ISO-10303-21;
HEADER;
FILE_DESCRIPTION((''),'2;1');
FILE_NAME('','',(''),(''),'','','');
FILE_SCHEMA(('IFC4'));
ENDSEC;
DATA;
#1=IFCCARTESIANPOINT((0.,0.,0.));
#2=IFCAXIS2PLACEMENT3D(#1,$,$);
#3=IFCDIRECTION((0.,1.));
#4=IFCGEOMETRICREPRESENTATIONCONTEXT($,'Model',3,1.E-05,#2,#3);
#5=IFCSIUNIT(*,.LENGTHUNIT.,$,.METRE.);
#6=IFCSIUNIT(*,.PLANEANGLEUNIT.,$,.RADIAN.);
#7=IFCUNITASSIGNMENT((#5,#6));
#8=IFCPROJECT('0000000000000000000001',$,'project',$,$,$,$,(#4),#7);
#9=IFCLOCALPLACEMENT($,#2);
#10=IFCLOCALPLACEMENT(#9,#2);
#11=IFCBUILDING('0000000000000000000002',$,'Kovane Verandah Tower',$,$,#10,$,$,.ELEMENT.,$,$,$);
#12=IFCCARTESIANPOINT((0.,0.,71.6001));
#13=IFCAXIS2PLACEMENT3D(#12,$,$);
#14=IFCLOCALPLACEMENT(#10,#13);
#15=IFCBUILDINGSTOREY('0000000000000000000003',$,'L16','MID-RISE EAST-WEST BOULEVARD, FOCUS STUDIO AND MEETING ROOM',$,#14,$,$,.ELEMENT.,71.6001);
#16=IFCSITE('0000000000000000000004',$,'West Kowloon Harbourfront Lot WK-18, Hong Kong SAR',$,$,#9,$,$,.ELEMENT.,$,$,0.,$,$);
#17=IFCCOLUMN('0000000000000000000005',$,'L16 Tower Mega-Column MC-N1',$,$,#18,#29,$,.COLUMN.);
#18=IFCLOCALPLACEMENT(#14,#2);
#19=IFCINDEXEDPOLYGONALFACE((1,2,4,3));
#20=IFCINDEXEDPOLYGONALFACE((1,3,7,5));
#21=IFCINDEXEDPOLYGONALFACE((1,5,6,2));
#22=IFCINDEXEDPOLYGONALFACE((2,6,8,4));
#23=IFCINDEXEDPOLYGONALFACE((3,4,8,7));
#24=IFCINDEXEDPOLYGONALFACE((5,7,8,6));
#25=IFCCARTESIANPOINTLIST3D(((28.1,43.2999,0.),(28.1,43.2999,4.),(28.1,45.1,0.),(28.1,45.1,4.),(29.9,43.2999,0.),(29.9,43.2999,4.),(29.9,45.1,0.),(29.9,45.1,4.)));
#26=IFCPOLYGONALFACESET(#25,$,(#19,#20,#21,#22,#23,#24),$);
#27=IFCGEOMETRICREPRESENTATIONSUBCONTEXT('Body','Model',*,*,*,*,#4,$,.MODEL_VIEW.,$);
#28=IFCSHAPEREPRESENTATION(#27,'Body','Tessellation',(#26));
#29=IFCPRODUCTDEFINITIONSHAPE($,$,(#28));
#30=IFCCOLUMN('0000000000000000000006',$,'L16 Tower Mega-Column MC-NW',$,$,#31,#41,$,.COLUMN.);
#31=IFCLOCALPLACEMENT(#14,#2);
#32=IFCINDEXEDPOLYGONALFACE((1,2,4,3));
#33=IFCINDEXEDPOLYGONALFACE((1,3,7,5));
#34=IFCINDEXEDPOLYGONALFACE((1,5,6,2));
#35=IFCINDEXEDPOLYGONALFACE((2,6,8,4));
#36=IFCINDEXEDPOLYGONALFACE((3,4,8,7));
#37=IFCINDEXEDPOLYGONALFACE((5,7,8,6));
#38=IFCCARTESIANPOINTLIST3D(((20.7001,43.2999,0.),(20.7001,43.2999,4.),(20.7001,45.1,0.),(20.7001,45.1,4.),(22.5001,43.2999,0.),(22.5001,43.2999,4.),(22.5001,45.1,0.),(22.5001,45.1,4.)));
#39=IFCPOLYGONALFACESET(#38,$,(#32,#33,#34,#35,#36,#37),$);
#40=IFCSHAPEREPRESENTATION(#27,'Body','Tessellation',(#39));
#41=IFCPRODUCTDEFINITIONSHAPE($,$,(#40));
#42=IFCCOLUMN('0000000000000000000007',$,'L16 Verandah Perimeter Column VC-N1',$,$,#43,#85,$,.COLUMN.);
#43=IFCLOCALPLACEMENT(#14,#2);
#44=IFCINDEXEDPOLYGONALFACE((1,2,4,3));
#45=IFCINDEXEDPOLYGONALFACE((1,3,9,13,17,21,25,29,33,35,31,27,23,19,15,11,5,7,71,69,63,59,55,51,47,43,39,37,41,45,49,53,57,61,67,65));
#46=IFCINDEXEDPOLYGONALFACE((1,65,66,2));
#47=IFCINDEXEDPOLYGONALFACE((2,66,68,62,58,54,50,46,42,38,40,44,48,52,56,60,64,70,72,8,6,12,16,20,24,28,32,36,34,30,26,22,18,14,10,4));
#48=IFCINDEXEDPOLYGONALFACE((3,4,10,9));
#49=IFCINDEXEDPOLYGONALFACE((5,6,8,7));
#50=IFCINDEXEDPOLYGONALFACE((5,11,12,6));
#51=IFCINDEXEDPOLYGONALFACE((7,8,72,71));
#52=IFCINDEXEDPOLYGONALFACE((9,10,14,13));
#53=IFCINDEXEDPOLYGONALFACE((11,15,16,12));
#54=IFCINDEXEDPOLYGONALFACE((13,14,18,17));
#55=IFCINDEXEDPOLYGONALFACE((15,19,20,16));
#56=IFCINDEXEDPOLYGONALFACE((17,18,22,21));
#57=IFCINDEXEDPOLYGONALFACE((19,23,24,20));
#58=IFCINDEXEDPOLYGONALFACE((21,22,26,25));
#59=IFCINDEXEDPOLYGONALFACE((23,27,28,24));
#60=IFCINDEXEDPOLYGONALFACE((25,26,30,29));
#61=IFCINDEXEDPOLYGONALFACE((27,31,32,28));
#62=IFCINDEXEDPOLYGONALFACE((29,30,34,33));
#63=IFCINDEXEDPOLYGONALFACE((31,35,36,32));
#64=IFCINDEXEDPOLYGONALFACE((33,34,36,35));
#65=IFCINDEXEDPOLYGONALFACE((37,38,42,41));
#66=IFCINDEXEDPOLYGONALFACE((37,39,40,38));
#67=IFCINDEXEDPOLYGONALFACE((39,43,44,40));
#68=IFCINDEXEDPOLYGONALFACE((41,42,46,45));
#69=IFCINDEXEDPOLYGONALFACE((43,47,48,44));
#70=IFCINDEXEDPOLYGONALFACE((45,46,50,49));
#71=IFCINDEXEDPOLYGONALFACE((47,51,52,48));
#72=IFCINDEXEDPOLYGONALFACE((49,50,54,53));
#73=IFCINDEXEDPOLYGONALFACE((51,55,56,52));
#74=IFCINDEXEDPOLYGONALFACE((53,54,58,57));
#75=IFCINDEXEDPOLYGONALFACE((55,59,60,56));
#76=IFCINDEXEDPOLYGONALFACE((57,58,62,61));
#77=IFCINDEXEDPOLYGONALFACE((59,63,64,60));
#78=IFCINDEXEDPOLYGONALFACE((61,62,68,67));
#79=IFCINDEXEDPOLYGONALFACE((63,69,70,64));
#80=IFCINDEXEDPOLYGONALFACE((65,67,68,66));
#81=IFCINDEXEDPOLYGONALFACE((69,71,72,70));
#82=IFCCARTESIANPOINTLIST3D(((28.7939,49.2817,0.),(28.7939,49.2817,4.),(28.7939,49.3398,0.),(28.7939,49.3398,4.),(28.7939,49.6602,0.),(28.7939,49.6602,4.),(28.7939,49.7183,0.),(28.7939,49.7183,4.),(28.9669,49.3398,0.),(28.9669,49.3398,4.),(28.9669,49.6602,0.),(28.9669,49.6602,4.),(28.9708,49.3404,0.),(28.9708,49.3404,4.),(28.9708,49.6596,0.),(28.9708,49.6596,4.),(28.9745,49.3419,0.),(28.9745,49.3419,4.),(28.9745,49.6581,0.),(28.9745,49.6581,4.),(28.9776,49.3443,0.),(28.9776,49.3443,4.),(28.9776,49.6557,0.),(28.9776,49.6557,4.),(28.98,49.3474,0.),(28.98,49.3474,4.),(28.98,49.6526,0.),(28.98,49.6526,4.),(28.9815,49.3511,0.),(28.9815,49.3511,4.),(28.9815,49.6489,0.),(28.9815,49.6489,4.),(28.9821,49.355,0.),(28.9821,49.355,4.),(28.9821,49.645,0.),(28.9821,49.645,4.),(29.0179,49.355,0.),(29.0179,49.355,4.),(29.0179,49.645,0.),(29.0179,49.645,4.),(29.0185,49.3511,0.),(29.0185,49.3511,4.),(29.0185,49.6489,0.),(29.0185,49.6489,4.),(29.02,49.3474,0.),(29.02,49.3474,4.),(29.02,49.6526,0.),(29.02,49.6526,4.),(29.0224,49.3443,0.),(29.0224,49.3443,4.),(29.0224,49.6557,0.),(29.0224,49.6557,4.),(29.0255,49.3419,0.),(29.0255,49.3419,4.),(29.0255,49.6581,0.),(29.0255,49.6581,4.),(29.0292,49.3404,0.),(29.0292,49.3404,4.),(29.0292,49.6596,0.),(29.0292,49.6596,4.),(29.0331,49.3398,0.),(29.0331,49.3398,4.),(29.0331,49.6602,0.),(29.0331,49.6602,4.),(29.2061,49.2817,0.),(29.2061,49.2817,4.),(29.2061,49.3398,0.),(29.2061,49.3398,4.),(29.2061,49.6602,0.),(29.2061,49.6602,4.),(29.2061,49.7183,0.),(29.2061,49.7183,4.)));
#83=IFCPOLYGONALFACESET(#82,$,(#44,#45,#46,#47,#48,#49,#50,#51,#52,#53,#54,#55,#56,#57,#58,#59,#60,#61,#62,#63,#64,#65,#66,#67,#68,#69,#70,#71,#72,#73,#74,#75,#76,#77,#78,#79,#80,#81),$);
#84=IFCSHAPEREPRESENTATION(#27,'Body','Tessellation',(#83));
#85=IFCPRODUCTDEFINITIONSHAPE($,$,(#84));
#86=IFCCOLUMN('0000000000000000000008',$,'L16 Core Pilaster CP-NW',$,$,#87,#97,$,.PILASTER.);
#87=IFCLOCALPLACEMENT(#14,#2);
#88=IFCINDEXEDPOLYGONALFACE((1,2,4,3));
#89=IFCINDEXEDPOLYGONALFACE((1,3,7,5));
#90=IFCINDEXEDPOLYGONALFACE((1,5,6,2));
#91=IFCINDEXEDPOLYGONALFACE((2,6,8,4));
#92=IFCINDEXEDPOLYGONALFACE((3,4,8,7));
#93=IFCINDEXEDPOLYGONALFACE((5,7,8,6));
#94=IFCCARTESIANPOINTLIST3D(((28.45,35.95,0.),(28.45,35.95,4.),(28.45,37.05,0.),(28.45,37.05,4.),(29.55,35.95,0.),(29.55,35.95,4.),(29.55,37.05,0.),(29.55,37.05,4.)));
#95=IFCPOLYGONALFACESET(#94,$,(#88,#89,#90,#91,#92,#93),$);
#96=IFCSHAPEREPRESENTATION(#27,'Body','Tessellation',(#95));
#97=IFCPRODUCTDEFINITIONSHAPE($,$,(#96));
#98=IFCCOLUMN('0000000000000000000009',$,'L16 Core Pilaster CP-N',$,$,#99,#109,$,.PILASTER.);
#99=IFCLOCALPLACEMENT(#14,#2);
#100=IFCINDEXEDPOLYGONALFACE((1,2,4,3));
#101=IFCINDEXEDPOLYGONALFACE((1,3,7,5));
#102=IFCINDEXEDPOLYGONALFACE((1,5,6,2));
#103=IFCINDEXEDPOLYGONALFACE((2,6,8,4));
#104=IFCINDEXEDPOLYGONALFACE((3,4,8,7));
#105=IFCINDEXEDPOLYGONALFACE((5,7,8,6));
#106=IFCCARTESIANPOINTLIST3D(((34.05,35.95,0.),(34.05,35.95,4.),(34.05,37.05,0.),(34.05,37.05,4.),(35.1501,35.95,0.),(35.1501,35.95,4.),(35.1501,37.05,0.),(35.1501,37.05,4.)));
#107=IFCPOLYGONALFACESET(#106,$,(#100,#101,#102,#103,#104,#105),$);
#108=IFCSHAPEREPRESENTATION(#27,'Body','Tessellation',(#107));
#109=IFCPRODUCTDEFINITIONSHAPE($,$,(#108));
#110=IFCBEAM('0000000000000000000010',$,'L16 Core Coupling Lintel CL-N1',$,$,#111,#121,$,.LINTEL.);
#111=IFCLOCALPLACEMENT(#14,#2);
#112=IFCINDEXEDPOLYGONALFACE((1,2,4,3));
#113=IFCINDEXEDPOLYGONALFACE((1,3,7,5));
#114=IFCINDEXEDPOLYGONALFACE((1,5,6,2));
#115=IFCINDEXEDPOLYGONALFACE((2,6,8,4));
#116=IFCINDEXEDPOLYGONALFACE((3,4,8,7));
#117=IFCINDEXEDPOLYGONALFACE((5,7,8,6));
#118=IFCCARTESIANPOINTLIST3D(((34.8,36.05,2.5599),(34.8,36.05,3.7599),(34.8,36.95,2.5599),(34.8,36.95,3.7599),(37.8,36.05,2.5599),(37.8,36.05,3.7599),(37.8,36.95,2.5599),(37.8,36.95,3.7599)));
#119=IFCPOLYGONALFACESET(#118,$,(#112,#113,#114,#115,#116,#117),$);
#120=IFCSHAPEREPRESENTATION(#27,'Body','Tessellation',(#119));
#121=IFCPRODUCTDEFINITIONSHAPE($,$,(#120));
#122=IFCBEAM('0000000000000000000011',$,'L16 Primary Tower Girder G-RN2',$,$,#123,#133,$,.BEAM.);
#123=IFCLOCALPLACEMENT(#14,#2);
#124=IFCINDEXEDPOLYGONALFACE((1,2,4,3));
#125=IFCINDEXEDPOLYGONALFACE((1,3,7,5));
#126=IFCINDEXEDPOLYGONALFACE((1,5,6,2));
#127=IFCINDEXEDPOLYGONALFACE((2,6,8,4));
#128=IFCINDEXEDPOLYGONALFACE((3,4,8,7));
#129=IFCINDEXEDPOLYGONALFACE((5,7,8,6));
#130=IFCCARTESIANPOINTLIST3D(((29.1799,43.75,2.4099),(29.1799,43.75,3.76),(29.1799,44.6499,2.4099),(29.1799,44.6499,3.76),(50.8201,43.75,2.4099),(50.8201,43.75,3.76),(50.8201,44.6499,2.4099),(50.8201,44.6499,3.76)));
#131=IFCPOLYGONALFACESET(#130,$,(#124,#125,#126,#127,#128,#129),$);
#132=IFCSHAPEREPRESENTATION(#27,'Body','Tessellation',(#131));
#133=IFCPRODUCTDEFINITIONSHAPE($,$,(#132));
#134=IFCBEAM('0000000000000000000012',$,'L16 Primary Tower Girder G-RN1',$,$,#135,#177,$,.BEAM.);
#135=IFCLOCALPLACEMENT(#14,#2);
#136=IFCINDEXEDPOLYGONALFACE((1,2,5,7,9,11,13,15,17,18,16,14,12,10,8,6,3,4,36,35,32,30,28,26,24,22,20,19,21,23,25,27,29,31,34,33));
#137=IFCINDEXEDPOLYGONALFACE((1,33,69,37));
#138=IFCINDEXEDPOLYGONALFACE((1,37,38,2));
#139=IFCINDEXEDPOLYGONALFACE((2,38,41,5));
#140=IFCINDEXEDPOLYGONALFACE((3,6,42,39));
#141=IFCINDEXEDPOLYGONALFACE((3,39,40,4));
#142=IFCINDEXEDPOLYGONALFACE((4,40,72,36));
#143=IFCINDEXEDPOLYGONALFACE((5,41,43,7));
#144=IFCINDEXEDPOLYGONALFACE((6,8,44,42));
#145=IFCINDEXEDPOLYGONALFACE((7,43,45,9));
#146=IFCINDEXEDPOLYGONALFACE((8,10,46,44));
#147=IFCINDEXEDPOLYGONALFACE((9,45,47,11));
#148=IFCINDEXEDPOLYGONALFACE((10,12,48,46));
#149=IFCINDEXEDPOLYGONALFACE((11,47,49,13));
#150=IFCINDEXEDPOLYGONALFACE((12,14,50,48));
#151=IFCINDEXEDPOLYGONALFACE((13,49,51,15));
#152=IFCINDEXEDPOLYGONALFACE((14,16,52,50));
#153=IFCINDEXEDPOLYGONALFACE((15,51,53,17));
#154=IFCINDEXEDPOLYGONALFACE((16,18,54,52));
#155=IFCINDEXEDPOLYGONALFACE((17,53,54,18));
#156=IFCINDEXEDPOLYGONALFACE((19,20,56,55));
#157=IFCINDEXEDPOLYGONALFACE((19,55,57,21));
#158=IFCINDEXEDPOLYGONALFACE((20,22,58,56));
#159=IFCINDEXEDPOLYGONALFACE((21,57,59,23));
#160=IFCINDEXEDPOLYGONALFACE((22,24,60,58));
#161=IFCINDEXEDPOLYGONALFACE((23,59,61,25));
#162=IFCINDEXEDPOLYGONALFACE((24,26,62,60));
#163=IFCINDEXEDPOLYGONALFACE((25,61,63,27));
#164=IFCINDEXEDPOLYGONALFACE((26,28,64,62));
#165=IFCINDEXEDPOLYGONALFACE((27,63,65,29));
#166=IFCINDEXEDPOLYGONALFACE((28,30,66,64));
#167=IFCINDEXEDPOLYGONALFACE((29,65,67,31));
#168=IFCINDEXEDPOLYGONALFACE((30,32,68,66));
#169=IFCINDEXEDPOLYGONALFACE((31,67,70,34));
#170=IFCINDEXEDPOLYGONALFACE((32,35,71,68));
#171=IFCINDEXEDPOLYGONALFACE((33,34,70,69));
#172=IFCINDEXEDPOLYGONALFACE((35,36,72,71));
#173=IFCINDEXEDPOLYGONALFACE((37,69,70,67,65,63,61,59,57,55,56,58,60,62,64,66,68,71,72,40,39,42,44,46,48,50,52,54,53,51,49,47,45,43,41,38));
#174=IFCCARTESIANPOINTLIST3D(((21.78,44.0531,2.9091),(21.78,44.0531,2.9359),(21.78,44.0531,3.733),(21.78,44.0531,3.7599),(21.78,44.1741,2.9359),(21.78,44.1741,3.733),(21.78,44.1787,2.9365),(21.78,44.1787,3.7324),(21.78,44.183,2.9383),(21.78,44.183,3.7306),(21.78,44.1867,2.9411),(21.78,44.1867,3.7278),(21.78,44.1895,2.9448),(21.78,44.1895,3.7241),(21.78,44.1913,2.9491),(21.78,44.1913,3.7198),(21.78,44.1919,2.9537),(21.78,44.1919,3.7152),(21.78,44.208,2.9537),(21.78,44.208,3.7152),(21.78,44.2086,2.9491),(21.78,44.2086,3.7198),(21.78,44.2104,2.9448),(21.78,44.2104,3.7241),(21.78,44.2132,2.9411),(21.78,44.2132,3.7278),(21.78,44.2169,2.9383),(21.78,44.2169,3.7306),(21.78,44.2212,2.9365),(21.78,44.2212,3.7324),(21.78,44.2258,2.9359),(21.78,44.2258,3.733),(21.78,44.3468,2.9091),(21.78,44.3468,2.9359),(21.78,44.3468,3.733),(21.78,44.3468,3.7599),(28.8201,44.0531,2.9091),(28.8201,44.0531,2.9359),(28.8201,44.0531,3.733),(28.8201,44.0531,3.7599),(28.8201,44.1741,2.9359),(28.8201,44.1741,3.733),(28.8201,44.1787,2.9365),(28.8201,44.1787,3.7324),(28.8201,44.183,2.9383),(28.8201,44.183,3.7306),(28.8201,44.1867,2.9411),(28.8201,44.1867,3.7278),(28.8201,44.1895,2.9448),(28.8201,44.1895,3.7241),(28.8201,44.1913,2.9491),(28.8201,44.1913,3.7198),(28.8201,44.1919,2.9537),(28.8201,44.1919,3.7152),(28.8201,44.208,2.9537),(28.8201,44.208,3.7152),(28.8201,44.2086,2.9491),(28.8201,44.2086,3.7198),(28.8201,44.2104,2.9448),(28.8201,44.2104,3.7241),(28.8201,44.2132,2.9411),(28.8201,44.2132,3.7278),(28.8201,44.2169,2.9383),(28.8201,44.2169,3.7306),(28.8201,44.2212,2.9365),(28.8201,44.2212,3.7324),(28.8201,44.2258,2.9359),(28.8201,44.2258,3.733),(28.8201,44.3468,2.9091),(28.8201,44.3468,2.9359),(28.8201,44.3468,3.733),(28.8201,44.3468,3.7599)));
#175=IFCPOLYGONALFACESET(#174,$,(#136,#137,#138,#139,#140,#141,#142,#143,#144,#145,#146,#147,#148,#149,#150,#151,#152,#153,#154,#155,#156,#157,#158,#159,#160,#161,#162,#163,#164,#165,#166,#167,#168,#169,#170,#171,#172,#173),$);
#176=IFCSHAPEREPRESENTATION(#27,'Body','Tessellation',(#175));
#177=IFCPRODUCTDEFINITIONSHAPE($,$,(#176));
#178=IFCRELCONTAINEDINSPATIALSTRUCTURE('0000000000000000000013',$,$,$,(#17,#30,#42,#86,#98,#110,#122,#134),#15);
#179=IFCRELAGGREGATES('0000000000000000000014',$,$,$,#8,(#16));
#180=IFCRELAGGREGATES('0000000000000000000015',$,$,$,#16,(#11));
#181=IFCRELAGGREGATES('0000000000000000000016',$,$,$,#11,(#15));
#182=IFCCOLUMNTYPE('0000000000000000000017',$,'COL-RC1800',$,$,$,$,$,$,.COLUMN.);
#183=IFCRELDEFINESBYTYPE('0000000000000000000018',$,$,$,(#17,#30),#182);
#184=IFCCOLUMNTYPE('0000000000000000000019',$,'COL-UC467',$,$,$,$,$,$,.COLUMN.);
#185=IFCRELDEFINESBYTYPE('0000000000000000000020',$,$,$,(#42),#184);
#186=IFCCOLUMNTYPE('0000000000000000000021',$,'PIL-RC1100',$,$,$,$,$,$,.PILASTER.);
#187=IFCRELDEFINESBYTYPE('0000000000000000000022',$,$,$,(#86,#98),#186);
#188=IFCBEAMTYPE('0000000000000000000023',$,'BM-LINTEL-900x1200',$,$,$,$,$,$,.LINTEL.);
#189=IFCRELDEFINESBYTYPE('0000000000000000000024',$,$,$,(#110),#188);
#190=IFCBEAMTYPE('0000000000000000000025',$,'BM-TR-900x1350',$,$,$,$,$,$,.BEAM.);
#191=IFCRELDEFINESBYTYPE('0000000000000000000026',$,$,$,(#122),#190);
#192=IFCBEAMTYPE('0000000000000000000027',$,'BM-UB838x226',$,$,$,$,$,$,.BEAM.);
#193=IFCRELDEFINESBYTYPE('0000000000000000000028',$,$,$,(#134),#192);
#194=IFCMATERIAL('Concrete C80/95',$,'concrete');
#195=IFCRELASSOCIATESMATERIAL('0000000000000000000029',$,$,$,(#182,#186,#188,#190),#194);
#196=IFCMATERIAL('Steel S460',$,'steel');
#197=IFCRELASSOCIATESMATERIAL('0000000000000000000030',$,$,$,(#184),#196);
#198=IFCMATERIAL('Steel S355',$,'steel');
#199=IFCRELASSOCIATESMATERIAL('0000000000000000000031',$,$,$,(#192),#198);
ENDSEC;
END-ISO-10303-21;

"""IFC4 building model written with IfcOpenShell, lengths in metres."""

from ifc_helpers import new_model, si_unit, direction, frame, origin, origin_2d, place, context, subcontext, project, spatial, rectangle, i_section, extrude, material, material_profile, profile_set, type_object, element, save


model = new_model("IFC4")

# Units and contexts
model_context = context("Model", 3, precision=1e-05, world=origin(), true_north=direction((0.0, 1.0)))
body_context = subcontext(model_context, "Body", "Model", "MODEL_VIEW")
ifc_project = project(units=[si_unit("LENGTHUNIT", "METRE"), si_unit("PLANEANGLEUNIT", "RADIAN")], contexts=[model_context])

# Site, building, storey
site_placement = place(None, origin())
site = spatial("IfcSite", under=ifc_project, at=site_placement, Name="West Kowloon Harbourfront Lot WK-18, Hong Kong SAR", CompositionType="ELEMENT", RefElevation=0.0)
building_placement = place(site_placement, origin())
building = spatial("IfcBuilding", under=site, at=building_placement, Name="Kovane Verandah Tower", CompositionType="ELEMENT")
storey_placement = place(building_placement, frame((0.0, 0.0, 71.6001)))
storey = spatial("IfcBuildingStorey", under=building, at=storey_placement, Name="L16", Description="MID-RISE EAST-WEST BOULEVARD, FOCUS STUDIO AND MEETING ROOM", CompositionType="ELEMENT", Elevation=71.6001)

# Columns
ifc_material_1 = material(Name="Concrete C80/95", Category="concrete")
ifc_material_profile_1 = material_profile(ifc_material_1, rectangle(XDim=1.8, YDim=1.8, at=origin_2d()), Name="RC1800x1800")
ifc_profile_set_1 = profile_set([ifc_material_profile_1], Name="Concrete C80/95")
column_type_1 = type_object("IfcColumnType", Name="COL-RC1800", PredefinedType="COLUMN", material=ifc_profile_set_1)
for number, where, z_axis, x_axis, name in (
    (1, (29.0, 44.2, 0.0), (0.0, 0.0, 1.0), (1.0, 0.0, 0.0), "L16 Tower Mega-Column MC-N1"),
    (2, (21.6001, 44.2, 0.0), (0.0, 0.0, 1.0), (1.0, 0.0, 0.0), "L16 Tower Mega-Column MC-NW"),
):
    element("IfcColumn", number, at=place(storey_placement, frame(where, z_axis=z_axis, x_axis=x_axis)), inside=storey, type_object=column_type_1, Name=name, PredefinedType="COLUMN", context=body_context, shape_type="SweptSolid", body=[
        extrude(rectangle(XDim=1.8, YDim=1.8, at=origin_2d()), origin(), (0.0, 0.0, 1.0), 4.0),
    ])
ifc_material_2 = material(Name="Steel S460", Category="steel")
ifc_material_profile_2 = material_profile(ifc_material_2, i_section(OverallWidth=0.4121, OverallDepth=0.4365, WebThickness=0.0359, FlangeThickness=0.0581, FilletRadius=0.0151, at=origin_2d()), Name="UC356x406x467")
ifc_profile_set_2 = profile_set([ifc_material_profile_2], Name="Steel S460")
column_type_2 = type_object("IfcColumnType", Name="COL-UC467", PredefinedType="COLUMN", material=ifc_profile_set_2)
column_placement = place(storey_placement, frame((29.0, 49.5, 0.0), z_axis=(0.0, 0.0, 1.0), x_axis=(1.0, 0.0, 0.0)))
element("IfcColumn", 3, at=column_placement, inside=storey, type_object=column_type_2, Name="L16 Verandah Perimeter Column VC-N1", PredefinedType="COLUMN", context=body_context, shape_type="SweptSolid", body=[
    extrude(i_section(OverallWidth=0.4121, OverallDepth=0.4365, WebThickness=0.0359, FlangeThickness=0.0581, FilletRadius=0.0151, at=origin_2d()), origin(), (0.0, 0.0, 1.0), 4.0),
])
ifc_material_profile_3 = material_profile(ifc_material_1, rectangle(XDim=1.1001, YDim=1.1001, at=origin_2d()), Name="RC1100x1100")
ifc_profile_set_3 = profile_set([ifc_material_profile_3], Name="Concrete C80/95")
column_type_3 = type_object("IfcColumnType", Name="PIL-RC1100", PredefinedType="PILASTER", material=ifc_profile_set_3)
for number, where, z_axis, x_axis, name in (
    (4, (29.0, 36.5, 0.0), (0.0, 0.0, 1.0), (1.0, 0.0, 0.0), "L16 Core Pilaster CP-NW"),
    (5, (34.6001, 36.5, 0.0), (0.0, 0.0, 1.0), (1.0, 0.0, 0.0), "L16 Core Pilaster CP-N"),
):
    element("IfcColumn", number, at=place(storey_placement, frame(where, z_axis=z_axis, x_axis=x_axis)), inside=storey, type_object=column_type_3, Name=name, PredefinedType="PILASTER", context=body_context, shape_type="SweptSolid", body=[
        extrude(rectangle(XDim=1.1001, YDim=1.1001, at=origin_2d()), origin(), (0.0, 0.0, 1.0), 4.0),
    ])

# Beams
ifc_material_profile_4 = material_profile(ifc_material_1, rectangle(XDim=0.8999, YDim=1.2, at=origin_2d()), Name="RCB900x1200")
ifc_profile_set_4 = profile_set([ifc_material_profile_4], Name="Concrete C80/95")
beam_type_1 = type_object("IfcBeamType", Name="BM-LINTEL-900x1200", PredefinedType="LINTEL", material=ifc_profile_set_4)
beam_1_placement = place(storey_placement, frame((34.8, 36.5, 3.1599), z_axis=(1.0, 0.0, 0.0), x_axis=(0.0, 1.0, 0.0)))
element("IfcBeam", 6, at=beam_1_placement, inside=storey, type_object=beam_type_1, Name="L16 Core Coupling Lintel CL-N1", PredefinedType="LINTEL", context=body_context, shape_type="SweptSolid", body=[
    extrude(rectangle(XDim=0.8999, YDim=1.2, at=origin_2d()), origin(), (0.0, 0.0, 1.0), 3.0),
])
ifc_material_profile_5 = material_profile(ifc_material_1, rectangle(XDim=0.8999, YDim=1.3501, at=origin_2d()), Name="RCB900x1350")
ifc_profile_set_5 = profile_set([ifc_material_profile_5], Name="Concrete C80/95")
beam_type_2 = type_object("IfcBeamType", Name="BM-TR-900x1350", PredefinedType="BEAM", material=ifc_profile_set_5)
beam_2_placement = place(storey_placement, frame((29.1799, 44.2, 3.085), z_axis=(1.0, 0.0, 0.0), x_axis=(0.0, 1.0, 0.0)))
element("IfcBeam", 7, at=beam_2_placement, inside=storey, type_object=beam_type_2, Name="L16 Primary Tower Girder G-RN2", PredefinedType="BEAM", context=body_context, shape_type="SweptSolid", body=[
    extrude(rectangle(XDim=0.8999, YDim=1.3501, at=origin_2d()), origin(), (0.0, 0.0, 1.0), 21.6401),
])
ifc_material_3 = material(Name="Steel S355", Category="steel")
ifc_material_profile_6 = material_profile(ifc_material_3, i_section(OverallWidth=0.2937, OverallDepth=0.8508, WebThickness=0.0161, FlangeThickness=0.0269, FilletRadius=0.0178, at=origin_2d()), Name="UB838x292x226")
ifc_profile_set_6 = profile_set([ifc_material_profile_6], Name="Steel S355")
beam_type_3 = type_object("IfcBeamType", Name="BM-UB838x226", PredefinedType="BEAM", material=ifc_profile_set_6)
for number, where, z_axis, x_axis, name in (
    (8, (21.78, 44.2, 3.3345), (1.0, 0.0, 0.0), (0.0, 1.0, 0.0), "L16 Primary Tower Girder G-RN1"),
):
    element("IfcBeam", number, at=place(storey_placement, frame(where, z_axis=z_axis, x_axis=x_axis)), inside=storey, type_object=beam_type_3, Name=name, PredefinedType="BEAM", context=body_context, shape_type="SweptSolid", body=[
        extrude(i_section(OverallWidth=0.2937, OverallDepth=0.8508, WebThickness=0.0161, FlangeThickness=0.0269, FilletRadius=0.0178, at=origin_2d()), origin(), (0.0, 0.0, 1.0), 7.04),
    ])

save(model, "model.ifc")
